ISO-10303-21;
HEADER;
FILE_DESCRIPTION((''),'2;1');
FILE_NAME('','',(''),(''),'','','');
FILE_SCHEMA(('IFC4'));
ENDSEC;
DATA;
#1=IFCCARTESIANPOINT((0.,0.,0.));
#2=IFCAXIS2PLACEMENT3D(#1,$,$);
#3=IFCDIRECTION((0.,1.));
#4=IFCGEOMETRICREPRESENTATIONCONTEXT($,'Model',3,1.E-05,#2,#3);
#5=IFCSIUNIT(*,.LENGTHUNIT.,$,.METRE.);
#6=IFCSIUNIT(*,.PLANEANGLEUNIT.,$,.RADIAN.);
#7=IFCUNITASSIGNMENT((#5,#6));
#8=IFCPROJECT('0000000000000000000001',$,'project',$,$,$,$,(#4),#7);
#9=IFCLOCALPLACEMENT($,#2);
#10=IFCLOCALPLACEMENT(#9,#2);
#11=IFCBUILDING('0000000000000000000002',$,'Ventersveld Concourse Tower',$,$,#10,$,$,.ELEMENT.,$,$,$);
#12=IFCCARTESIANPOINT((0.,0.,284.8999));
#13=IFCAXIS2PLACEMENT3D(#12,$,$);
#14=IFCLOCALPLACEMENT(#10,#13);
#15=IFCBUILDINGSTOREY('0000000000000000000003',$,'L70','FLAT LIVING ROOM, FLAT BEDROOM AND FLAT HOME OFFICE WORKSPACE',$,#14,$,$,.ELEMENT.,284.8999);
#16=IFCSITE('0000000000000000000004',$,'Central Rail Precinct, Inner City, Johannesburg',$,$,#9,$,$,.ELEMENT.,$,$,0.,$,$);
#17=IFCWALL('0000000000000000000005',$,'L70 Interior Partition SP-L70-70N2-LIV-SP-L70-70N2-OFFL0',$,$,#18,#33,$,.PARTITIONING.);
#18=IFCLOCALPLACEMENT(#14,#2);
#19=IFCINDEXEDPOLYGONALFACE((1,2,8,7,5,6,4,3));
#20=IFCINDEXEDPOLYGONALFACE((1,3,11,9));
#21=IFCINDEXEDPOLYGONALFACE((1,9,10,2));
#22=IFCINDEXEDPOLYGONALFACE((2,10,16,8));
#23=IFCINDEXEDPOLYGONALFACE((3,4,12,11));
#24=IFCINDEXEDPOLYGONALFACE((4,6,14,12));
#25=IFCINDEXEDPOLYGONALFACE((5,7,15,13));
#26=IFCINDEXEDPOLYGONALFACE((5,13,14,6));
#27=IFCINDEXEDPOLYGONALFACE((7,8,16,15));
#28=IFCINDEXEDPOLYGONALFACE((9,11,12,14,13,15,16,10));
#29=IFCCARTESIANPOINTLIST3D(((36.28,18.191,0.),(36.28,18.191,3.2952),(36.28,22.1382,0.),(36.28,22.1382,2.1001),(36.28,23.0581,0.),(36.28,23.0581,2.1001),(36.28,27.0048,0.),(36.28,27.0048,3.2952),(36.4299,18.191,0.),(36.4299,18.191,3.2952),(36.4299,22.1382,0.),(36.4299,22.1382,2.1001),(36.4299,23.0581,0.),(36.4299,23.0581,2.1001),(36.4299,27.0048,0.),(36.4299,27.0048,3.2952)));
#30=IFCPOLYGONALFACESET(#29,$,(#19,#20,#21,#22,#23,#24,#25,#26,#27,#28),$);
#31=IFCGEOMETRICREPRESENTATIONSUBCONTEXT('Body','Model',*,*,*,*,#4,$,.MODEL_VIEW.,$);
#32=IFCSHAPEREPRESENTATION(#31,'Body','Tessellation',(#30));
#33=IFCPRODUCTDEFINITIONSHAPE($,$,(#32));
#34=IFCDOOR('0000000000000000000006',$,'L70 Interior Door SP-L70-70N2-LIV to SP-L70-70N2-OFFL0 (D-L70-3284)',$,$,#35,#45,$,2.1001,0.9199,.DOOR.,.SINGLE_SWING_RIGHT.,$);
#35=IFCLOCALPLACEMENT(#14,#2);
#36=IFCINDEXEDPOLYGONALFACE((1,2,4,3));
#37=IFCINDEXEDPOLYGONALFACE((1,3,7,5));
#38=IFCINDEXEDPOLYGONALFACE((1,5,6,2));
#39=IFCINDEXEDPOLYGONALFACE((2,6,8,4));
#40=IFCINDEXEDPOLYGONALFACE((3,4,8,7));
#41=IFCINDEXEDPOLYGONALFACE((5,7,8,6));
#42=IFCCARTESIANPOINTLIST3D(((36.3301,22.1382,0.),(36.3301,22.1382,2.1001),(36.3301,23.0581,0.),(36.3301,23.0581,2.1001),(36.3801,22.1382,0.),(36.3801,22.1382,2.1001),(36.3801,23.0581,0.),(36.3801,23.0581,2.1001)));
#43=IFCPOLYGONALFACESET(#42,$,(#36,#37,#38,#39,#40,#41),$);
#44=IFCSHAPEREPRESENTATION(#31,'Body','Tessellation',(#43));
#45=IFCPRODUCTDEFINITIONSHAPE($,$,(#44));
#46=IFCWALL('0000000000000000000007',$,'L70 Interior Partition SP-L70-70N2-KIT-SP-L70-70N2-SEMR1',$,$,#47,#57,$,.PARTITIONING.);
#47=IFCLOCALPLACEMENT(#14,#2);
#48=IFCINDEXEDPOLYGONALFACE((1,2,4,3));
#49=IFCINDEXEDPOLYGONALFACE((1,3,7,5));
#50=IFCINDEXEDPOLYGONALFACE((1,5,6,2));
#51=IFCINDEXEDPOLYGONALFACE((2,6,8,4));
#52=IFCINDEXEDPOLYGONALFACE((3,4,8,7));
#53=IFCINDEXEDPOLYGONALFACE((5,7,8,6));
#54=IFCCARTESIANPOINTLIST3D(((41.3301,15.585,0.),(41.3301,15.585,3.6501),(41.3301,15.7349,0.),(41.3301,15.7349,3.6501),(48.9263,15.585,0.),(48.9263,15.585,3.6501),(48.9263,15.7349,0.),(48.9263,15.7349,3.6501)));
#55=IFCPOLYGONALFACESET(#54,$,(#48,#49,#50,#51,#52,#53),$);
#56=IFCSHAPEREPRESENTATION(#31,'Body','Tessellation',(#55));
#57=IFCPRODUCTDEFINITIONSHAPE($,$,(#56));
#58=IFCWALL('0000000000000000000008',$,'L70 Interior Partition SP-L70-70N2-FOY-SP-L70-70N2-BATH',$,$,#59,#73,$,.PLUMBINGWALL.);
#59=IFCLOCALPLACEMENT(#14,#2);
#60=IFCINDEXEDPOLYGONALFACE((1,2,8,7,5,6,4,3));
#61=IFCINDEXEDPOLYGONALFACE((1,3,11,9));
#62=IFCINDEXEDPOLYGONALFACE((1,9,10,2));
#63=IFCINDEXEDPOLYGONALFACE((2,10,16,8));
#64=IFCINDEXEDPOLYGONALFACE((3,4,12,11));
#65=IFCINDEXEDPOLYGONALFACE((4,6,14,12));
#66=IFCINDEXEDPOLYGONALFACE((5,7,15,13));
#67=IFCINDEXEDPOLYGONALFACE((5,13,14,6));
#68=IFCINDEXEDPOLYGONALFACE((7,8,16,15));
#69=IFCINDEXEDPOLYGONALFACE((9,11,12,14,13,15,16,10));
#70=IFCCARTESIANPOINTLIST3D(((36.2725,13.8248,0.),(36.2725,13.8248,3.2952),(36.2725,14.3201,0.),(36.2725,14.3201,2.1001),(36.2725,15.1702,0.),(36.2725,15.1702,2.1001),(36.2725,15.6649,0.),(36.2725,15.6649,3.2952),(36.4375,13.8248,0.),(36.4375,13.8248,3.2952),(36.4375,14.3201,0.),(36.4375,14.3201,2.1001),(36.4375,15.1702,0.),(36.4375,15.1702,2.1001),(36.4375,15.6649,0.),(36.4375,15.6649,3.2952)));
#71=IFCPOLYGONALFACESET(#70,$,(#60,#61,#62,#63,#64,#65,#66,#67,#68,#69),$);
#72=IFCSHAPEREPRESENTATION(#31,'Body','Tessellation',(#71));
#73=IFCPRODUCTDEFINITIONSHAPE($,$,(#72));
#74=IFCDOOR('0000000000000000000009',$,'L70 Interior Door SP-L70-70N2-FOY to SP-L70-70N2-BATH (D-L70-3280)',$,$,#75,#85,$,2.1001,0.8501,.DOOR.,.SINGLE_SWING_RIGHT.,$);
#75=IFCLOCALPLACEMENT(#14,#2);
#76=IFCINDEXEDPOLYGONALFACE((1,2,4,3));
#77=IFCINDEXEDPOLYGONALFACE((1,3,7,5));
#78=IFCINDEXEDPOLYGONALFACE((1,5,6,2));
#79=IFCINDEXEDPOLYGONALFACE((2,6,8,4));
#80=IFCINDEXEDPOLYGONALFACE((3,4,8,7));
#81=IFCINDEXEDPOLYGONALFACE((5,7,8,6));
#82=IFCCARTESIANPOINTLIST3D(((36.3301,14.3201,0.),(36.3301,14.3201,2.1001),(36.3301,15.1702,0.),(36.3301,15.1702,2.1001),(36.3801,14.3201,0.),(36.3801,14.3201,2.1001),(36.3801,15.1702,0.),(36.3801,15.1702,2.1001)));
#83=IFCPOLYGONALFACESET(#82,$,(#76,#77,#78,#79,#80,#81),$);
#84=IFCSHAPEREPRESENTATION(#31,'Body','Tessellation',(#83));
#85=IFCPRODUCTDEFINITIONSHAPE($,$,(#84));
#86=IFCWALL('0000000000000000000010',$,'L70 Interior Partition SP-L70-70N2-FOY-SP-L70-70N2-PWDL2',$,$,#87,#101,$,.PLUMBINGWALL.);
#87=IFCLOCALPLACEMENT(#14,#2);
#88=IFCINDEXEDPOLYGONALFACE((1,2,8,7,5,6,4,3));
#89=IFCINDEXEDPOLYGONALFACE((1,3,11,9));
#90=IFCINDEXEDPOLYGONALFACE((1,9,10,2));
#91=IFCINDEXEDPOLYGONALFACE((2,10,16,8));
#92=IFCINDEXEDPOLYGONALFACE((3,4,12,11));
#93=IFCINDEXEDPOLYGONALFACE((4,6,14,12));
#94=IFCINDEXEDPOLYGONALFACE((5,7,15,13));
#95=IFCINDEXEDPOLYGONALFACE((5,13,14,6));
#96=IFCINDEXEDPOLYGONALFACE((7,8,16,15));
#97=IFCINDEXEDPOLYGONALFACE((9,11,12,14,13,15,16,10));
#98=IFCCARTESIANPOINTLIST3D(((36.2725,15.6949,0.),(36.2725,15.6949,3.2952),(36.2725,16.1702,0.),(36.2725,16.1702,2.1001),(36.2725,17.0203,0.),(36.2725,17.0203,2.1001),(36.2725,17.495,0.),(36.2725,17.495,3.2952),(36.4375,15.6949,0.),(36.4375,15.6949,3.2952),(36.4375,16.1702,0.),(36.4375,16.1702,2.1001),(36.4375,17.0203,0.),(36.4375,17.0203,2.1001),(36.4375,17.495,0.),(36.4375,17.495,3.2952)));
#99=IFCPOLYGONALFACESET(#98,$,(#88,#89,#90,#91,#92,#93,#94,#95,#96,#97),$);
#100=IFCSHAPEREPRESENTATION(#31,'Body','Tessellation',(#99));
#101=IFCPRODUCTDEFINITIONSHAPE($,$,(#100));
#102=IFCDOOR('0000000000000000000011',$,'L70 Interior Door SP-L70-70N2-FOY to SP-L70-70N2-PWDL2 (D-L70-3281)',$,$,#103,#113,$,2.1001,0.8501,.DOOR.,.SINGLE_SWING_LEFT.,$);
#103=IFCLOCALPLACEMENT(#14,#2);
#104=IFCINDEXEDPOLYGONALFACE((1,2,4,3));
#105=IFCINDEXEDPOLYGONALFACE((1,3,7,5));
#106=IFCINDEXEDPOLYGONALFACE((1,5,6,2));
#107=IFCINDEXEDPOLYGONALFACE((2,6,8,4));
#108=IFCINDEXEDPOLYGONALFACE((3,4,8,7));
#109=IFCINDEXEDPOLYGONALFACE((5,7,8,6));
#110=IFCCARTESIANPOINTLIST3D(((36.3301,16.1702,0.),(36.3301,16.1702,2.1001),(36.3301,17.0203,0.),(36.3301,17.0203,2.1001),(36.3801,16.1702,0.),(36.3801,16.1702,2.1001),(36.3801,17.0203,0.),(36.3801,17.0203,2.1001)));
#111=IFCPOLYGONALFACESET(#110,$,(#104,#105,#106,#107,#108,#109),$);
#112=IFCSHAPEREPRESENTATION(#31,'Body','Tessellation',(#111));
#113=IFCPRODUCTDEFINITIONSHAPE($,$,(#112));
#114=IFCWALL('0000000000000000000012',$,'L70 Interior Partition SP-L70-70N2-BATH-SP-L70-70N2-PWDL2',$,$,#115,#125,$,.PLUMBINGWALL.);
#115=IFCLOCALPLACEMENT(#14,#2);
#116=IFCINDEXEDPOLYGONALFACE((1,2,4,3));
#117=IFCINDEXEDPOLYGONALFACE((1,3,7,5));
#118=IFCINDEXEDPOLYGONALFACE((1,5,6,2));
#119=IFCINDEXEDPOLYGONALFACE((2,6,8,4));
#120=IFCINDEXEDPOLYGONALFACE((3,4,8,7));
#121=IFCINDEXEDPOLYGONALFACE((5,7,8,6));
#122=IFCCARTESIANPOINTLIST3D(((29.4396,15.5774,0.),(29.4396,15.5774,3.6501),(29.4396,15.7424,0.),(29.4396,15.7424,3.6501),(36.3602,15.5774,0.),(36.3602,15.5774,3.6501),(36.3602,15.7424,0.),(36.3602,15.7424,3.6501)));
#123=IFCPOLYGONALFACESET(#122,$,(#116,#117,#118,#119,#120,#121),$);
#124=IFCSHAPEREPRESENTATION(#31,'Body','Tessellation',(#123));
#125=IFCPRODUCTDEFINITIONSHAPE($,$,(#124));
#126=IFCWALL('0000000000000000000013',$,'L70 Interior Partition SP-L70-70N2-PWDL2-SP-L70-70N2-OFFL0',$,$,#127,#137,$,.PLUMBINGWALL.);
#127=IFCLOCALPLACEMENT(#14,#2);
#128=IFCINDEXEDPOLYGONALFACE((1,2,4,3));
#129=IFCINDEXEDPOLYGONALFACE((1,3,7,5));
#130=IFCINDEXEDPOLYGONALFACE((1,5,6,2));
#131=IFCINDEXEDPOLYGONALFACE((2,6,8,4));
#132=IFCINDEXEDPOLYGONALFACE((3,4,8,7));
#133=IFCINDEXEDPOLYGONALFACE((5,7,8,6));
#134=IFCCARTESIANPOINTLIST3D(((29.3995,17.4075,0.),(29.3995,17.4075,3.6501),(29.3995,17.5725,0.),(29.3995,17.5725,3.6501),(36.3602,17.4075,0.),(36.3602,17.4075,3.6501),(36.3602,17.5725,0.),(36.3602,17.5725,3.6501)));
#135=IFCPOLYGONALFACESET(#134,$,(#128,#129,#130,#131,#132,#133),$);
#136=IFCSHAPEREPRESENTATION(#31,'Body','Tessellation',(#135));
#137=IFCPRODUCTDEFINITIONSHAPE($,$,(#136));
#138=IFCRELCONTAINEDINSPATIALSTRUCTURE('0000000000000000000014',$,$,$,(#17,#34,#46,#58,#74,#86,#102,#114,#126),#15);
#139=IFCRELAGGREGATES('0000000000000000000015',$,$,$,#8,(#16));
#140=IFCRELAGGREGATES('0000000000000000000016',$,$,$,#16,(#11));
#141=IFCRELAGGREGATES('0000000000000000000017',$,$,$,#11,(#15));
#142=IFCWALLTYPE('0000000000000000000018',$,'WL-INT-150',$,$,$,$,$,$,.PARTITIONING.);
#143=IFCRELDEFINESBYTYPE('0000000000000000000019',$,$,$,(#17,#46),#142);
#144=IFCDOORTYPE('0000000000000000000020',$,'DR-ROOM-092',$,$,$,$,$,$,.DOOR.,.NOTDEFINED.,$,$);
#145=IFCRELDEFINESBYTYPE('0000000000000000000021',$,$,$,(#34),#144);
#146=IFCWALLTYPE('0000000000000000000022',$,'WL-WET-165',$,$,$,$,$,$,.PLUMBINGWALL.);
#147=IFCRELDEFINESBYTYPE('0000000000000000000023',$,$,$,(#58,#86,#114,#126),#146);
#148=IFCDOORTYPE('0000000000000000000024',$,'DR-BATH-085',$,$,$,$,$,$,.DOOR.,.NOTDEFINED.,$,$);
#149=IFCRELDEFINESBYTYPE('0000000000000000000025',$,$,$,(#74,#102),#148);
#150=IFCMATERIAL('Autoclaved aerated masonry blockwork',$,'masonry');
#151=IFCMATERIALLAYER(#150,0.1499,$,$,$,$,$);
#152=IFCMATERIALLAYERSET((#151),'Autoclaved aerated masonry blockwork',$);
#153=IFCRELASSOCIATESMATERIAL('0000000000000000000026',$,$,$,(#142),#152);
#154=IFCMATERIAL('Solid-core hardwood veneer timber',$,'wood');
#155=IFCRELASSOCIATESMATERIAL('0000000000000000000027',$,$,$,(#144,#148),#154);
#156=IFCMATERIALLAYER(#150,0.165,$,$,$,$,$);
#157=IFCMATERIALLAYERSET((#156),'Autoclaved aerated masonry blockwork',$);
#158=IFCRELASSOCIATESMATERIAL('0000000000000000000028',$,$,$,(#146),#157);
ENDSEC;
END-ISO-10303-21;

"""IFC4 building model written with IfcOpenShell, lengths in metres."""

from ifc_helpers import new_model, si_unit, direction, frame, frame_2d, origin, place, context, subcontext, project, spatial, rectangle, extrude, material, layer, layer_set, type_object, element, fill, save


model = new_model("IFC4")

# Units and contexts
model_context = context("Model", 3, precision=1e-05, world=origin(), true_north=direction((0.0, 1.0)))
body_context = subcontext(model_context, "Body", "Model", "MODEL_VIEW")
ifc_project = project(units=[si_unit("LENGTHUNIT", "METRE"), si_unit("PLANEANGLEUNIT", "RADIAN")], contexts=[model_context])

# Site, building, storey
site_placement = place(None, origin())
site = spatial("IfcSite", under=ifc_project, at=site_placement, Name="Central Rail Precinct, Inner City, Johannesburg", CompositionType="ELEMENT", RefElevation=0.0)
building_placement = place(site_placement, origin())
building = spatial("IfcBuilding", under=site, at=building_placement, Name="Ventersveld Concourse Tower", CompositionType="ELEMENT")
storey_placement = place(building_placement, frame((0.0, 0.0, 284.8999)))
storey = spatial("IfcBuildingStorey", under=building, at=storey_placement, Name="L70", Description="FLAT LIVING ROOM, FLAT BEDROOM AND FLAT HOME OFFICE WORKSPACE", CompositionType="ELEMENT", Elevation=284.8999)

# Shared definitions
ifc_material_1 = material(Name="Solid-core hardwood veneer timber", Category="wood")

# Shared definitions
ifc_material_2 = material(Name="Autoclaved aerated masonry blockwork", Category="masonry")
ifc_layer_1 = layer(ifc_material_2, 0.1499)
ifc_layer_set_1 = layer_set([ifc_layer_1], Name="Autoclaved aerated masonry blockwork")
wall_type_1 = type_object("IfcWallType", Name="WL-INT-150", PredefinedType="PARTITIONING", material=ifc_layer_set_1)
door_type_1 = type_object("IfcDoorType", Name="DR-ROOM-092", OperationType="NOTDEFINED", PredefinedType="DOOR", material=ifc_material_1)

# Wall, opening, door
wall_1_placement = place(storey_placement, frame((36.355, 18.1912, 0.0), z_axis=(0.0, 0.0, 1.0), x_axis=(0.0, 1.0, 0.0)))
wall_1 = element("IfcWall", 1, at=wall_1_placement, inside=storey, type_object=wall_type_1, Name="L70 Interior Partition SP-L70-70N2-LIV-SP-L70-70N2-OFFL0", PredefinedType="PARTITIONING", context=body_context, shape_type="SweptSolid", body=[
    extrude(rectangle(XDim=8.8137, YDim=0.1499, at=frame_2d((4.4067, 0.0))), origin(), (0.0, 0.0, 1.0), 3.2952),
])
opening_1_placement = place(wall_1_placement, frame((3.947, 0.0, 0.0)))
opening_1 = element("IfcOpeningElement", 2, at=opening_1_placement, cuts=wall_1, PredefinedType="OPENING", context=body_context, shape_type="SweptSolid", body=[
    extrude(rectangle(XDim=0.9199, YDim=2.1001, at=frame_2d((0.46, 1.05))), frame((0.0, 0.085, 0.0), z_axis=(0.0, -1.0, 0.0), x_axis=(1.0, 0.0, 0.0)), (0.0, 0.0, 1.0), 0.1699),
])
door_1_placement = place(opening_1_placement, origin())
door_1 = element("IfcDoor", 3, at=door_1_placement, inside=storey, type_object=door_type_1, Name="L70 Interior Door SP-L70-70N2-LIV to SP-L70-70N2-OFFL0 (D-L70-3284)", OperationType="SINGLE_SWING_RIGHT", OverallHeight=2.1001, OverallWidth=0.9199, PredefinedType="DOOR", context=body_context, shape_type="SweptSolid", body=[
    extrude(rectangle(XDim=0.9199, YDim=2.1001, at=frame_2d((0.46, 1.05))), frame((0.0, 0.0249, 0.0), z_axis=(0.0, -1.0, 0.0), x_axis=(1.0, 0.0, 0.0)), (0.0, 0.0, 1.0), 0.05),
])
fill(opening_1, door_1)

# Wall
wall_2_placement = place(storey_placement, frame((41.3301, 15.6599, 0.0), z_axis=(0.0, 0.0, 1.0), x_axis=(1.0, 0.0, 0.0)))
element("IfcWall", 4, at=wall_2_placement, inside=storey, type_object=wall_type_1, Name="L70 Interior Partition SP-L70-70N2-KIT-SP-L70-70N2-SEMR1", PredefinedType="PARTITIONING", context=body_context, shape_type="SweptSolid", body=[
    extrude(rectangle(XDim=7.5962, YDim=0.1499, at=frame_2d((3.7981, 0.0))), origin(), (0.0, 0.0, 1.0), 3.6501),
])

# Walls, openings, doors
ifc_layer_2 = layer(ifc_material_2, 0.165)
ifc_layer_set_2 = layer_set([ifc_layer_2], Name="Autoclaved aerated masonry blockwork")
wall_type_2 = type_object("IfcWallType", Name="WL-WET-165", PredefinedType="PLUMBINGWALL", material=ifc_layer_set_2)
wall_3_placement = place(storey_placement, frame((36.355, 13.825, 0.0), z_axis=(0.0, 0.0, 1.0), x_axis=(0.0, 1.0, 0.0)))
wall_3 = element("IfcWall", 5, at=wall_3_placement, inside=storey, type_object=wall_type_2, Name="L70 Interior Partition SP-L70-70N2-FOY-SP-L70-70N2-BATH", PredefinedType="PLUMBINGWALL", context=body_context, shape_type="SweptSolid", body=[
    extrude(rectangle(XDim=1.8401, YDim=0.165, at=frame_2d((0.9199, 0.0))), origin(), (0.0, 0.0, 1.0), 3.2952),
])
opening_2_placement = place(wall_3_placement, frame((0.4951, 0.0, 0.0)))
opening_2 = element("IfcOpeningElement", 6, at=opening_2_placement, cuts=wall_3, PredefinedType="OPENING", context=body_context, shape_type="SweptSolid", body=[
    extrude(rectangle(XDim=0.8501, YDim=2.1001, at=frame_2d((0.425, 1.05))), frame((0.0, 0.0925, 0.0), z_axis=(0.0, -1.0, 0.0), x_axis=(1.0, 0.0, 0.0)), (0.0, 0.0, 1.0), 0.1851),
])
door_type_2 = type_object("IfcDoorType", Name="DR-BATH-085", OperationType="NOTDEFINED", PredefinedType="DOOR", material=ifc_material_1)
door_2_placement = place(opening_2_placement, origin())
door_2 = element("IfcDoor", 7, at=door_2_placement, inside=storey, type_object=door_type_2, Name="L70 Interior Door SP-L70-70N2-FOY to SP-L70-70N2-BATH (D-L70-3280)", OperationType="SINGLE_SWING_RIGHT", OverallHeight=2.1001, OverallWidth=0.8501, PredefinedType="DOOR", context=body_context, shape_type="SweptSolid", body=[
    extrude(rectangle(XDim=0.8501, YDim=2.1001, at=frame_2d((0.425, 1.05))), frame((0.0, 0.0249, 0.0), z_axis=(0.0, -1.0, 0.0), x_axis=(1.0, 0.0, 0.0)), (0.0, 0.0, 1.0), 0.05),
])
fill(opening_2, door_2)
wall_4_placement = place(storey_placement, frame((36.355, 15.6951, 0.0), z_axis=(0.0, 0.0, 1.0), x_axis=(0.0, 1.0, 0.0)))
wall_4 = element("IfcWall", 8, at=wall_4_placement, inside=storey, type_object=wall_type_2, Name="L70 Interior Partition SP-L70-70N2-FOY-SP-L70-70N2-PWDL2", PredefinedType="PLUMBINGWALL", context=body_context, shape_type="SweptSolid", body=[
    extrude(rectangle(XDim=1.8, YDim=0.165, at=frame_2d((0.8999, 0.0))), origin(), (0.0, 0.0, 1.0), 3.2952),
])
opening_3_placement = place(wall_4_placement, frame((0.4751, 0.0, 0.0)))
opening_3 = element("IfcOpeningElement", 9, at=opening_3_placement, cuts=wall_4, PredefinedType="OPENING", context=body_context, shape_type="SweptSolid", body=[
    extrude(rectangle(XDim=0.8501, YDim=2.1001, at=frame_2d((0.425, 1.05))), frame((0.0, 0.0925, 0.0), z_axis=(0.0, -1.0, 0.0), x_axis=(1.0, 0.0, 0.0)), (0.0, 0.0, 1.0), 0.1851),
])
door_3_placement = place(opening_3_placement, origin())
door_3 = element("IfcDoor", 10, at=door_3_placement, inside=storey, type_object=door_type_2, Name="L70 Interior Door SP-L70-70N2-FOY to SP-L70-70N2-PWDL2 (D-L70-3281)", OperationType="SINGLE_SWING_LEFT", OverallHeight=2.1001, OverallWidth=0.8501, PredefinedType="DOOR", context=body_context, shape_type="SweptSolid", body=[
    extrude(rectangle(XDim=0.8501, YDim=2.1001, at=frame_2d((0.425, 1.05))), frame((0.0, 0.0249, 0.0), z_axis=(0.0, -1.0, 0.0), x_axis=(1.0, 0.0, 0.0)), (0.0, 0.0, 1.0), 0.05),
])
fill(opening_3, door_3)

# Walls
wall_5_placement = place(storey_placement, frame((29.4395, 15.6599, 0.0), z_axis=(0.0, 0.0, 1.0), x_axis=(1.0, 0.0, 0.0)))
element("IfcWall", 11, at=wall_5_placement, inside=storey, type_object=wall_type_2, Name="L70 Interior Partition SP-L70-70N2-BATH-SP-L70-70N2-PWDL2", PredefinedType="PLUMBINGWALL", context=body_context, shape_type="SweptSolid", body=[
    extrude(rectangle(XDim=6.9207, YDim=0.165, at=frame_2d((3.4604, 0.0))), origin(), (0.0, 0.0, 1.0), 3.6501),
])
wall_6_placement = place(storey_placement, frame((29.3994, 17.49, 0.0), z_axis=(0.0, 0.0, 1.0), x_axis=(1.0, 0.0, 0.0)))
element("IfcWall", 12, at=wall_6_placement, inside=storey, type_object=wall_type_2, Name="L70 Interior Partition SP-L70-70N2-PWDL2-SP-L70-70N2-OFFL0", PredefinedType="PLUMBINGWALL", context=body_context, shape_type="SweptSolid", body=[
    extrude(rectangle(XDim=6.9607, YDim=0.165, at=frame_2d((3.4805, 0.0))), origin(), (0.0, 0.0, 1.0), 3.6501),
])

save(model, "model.ifc")
